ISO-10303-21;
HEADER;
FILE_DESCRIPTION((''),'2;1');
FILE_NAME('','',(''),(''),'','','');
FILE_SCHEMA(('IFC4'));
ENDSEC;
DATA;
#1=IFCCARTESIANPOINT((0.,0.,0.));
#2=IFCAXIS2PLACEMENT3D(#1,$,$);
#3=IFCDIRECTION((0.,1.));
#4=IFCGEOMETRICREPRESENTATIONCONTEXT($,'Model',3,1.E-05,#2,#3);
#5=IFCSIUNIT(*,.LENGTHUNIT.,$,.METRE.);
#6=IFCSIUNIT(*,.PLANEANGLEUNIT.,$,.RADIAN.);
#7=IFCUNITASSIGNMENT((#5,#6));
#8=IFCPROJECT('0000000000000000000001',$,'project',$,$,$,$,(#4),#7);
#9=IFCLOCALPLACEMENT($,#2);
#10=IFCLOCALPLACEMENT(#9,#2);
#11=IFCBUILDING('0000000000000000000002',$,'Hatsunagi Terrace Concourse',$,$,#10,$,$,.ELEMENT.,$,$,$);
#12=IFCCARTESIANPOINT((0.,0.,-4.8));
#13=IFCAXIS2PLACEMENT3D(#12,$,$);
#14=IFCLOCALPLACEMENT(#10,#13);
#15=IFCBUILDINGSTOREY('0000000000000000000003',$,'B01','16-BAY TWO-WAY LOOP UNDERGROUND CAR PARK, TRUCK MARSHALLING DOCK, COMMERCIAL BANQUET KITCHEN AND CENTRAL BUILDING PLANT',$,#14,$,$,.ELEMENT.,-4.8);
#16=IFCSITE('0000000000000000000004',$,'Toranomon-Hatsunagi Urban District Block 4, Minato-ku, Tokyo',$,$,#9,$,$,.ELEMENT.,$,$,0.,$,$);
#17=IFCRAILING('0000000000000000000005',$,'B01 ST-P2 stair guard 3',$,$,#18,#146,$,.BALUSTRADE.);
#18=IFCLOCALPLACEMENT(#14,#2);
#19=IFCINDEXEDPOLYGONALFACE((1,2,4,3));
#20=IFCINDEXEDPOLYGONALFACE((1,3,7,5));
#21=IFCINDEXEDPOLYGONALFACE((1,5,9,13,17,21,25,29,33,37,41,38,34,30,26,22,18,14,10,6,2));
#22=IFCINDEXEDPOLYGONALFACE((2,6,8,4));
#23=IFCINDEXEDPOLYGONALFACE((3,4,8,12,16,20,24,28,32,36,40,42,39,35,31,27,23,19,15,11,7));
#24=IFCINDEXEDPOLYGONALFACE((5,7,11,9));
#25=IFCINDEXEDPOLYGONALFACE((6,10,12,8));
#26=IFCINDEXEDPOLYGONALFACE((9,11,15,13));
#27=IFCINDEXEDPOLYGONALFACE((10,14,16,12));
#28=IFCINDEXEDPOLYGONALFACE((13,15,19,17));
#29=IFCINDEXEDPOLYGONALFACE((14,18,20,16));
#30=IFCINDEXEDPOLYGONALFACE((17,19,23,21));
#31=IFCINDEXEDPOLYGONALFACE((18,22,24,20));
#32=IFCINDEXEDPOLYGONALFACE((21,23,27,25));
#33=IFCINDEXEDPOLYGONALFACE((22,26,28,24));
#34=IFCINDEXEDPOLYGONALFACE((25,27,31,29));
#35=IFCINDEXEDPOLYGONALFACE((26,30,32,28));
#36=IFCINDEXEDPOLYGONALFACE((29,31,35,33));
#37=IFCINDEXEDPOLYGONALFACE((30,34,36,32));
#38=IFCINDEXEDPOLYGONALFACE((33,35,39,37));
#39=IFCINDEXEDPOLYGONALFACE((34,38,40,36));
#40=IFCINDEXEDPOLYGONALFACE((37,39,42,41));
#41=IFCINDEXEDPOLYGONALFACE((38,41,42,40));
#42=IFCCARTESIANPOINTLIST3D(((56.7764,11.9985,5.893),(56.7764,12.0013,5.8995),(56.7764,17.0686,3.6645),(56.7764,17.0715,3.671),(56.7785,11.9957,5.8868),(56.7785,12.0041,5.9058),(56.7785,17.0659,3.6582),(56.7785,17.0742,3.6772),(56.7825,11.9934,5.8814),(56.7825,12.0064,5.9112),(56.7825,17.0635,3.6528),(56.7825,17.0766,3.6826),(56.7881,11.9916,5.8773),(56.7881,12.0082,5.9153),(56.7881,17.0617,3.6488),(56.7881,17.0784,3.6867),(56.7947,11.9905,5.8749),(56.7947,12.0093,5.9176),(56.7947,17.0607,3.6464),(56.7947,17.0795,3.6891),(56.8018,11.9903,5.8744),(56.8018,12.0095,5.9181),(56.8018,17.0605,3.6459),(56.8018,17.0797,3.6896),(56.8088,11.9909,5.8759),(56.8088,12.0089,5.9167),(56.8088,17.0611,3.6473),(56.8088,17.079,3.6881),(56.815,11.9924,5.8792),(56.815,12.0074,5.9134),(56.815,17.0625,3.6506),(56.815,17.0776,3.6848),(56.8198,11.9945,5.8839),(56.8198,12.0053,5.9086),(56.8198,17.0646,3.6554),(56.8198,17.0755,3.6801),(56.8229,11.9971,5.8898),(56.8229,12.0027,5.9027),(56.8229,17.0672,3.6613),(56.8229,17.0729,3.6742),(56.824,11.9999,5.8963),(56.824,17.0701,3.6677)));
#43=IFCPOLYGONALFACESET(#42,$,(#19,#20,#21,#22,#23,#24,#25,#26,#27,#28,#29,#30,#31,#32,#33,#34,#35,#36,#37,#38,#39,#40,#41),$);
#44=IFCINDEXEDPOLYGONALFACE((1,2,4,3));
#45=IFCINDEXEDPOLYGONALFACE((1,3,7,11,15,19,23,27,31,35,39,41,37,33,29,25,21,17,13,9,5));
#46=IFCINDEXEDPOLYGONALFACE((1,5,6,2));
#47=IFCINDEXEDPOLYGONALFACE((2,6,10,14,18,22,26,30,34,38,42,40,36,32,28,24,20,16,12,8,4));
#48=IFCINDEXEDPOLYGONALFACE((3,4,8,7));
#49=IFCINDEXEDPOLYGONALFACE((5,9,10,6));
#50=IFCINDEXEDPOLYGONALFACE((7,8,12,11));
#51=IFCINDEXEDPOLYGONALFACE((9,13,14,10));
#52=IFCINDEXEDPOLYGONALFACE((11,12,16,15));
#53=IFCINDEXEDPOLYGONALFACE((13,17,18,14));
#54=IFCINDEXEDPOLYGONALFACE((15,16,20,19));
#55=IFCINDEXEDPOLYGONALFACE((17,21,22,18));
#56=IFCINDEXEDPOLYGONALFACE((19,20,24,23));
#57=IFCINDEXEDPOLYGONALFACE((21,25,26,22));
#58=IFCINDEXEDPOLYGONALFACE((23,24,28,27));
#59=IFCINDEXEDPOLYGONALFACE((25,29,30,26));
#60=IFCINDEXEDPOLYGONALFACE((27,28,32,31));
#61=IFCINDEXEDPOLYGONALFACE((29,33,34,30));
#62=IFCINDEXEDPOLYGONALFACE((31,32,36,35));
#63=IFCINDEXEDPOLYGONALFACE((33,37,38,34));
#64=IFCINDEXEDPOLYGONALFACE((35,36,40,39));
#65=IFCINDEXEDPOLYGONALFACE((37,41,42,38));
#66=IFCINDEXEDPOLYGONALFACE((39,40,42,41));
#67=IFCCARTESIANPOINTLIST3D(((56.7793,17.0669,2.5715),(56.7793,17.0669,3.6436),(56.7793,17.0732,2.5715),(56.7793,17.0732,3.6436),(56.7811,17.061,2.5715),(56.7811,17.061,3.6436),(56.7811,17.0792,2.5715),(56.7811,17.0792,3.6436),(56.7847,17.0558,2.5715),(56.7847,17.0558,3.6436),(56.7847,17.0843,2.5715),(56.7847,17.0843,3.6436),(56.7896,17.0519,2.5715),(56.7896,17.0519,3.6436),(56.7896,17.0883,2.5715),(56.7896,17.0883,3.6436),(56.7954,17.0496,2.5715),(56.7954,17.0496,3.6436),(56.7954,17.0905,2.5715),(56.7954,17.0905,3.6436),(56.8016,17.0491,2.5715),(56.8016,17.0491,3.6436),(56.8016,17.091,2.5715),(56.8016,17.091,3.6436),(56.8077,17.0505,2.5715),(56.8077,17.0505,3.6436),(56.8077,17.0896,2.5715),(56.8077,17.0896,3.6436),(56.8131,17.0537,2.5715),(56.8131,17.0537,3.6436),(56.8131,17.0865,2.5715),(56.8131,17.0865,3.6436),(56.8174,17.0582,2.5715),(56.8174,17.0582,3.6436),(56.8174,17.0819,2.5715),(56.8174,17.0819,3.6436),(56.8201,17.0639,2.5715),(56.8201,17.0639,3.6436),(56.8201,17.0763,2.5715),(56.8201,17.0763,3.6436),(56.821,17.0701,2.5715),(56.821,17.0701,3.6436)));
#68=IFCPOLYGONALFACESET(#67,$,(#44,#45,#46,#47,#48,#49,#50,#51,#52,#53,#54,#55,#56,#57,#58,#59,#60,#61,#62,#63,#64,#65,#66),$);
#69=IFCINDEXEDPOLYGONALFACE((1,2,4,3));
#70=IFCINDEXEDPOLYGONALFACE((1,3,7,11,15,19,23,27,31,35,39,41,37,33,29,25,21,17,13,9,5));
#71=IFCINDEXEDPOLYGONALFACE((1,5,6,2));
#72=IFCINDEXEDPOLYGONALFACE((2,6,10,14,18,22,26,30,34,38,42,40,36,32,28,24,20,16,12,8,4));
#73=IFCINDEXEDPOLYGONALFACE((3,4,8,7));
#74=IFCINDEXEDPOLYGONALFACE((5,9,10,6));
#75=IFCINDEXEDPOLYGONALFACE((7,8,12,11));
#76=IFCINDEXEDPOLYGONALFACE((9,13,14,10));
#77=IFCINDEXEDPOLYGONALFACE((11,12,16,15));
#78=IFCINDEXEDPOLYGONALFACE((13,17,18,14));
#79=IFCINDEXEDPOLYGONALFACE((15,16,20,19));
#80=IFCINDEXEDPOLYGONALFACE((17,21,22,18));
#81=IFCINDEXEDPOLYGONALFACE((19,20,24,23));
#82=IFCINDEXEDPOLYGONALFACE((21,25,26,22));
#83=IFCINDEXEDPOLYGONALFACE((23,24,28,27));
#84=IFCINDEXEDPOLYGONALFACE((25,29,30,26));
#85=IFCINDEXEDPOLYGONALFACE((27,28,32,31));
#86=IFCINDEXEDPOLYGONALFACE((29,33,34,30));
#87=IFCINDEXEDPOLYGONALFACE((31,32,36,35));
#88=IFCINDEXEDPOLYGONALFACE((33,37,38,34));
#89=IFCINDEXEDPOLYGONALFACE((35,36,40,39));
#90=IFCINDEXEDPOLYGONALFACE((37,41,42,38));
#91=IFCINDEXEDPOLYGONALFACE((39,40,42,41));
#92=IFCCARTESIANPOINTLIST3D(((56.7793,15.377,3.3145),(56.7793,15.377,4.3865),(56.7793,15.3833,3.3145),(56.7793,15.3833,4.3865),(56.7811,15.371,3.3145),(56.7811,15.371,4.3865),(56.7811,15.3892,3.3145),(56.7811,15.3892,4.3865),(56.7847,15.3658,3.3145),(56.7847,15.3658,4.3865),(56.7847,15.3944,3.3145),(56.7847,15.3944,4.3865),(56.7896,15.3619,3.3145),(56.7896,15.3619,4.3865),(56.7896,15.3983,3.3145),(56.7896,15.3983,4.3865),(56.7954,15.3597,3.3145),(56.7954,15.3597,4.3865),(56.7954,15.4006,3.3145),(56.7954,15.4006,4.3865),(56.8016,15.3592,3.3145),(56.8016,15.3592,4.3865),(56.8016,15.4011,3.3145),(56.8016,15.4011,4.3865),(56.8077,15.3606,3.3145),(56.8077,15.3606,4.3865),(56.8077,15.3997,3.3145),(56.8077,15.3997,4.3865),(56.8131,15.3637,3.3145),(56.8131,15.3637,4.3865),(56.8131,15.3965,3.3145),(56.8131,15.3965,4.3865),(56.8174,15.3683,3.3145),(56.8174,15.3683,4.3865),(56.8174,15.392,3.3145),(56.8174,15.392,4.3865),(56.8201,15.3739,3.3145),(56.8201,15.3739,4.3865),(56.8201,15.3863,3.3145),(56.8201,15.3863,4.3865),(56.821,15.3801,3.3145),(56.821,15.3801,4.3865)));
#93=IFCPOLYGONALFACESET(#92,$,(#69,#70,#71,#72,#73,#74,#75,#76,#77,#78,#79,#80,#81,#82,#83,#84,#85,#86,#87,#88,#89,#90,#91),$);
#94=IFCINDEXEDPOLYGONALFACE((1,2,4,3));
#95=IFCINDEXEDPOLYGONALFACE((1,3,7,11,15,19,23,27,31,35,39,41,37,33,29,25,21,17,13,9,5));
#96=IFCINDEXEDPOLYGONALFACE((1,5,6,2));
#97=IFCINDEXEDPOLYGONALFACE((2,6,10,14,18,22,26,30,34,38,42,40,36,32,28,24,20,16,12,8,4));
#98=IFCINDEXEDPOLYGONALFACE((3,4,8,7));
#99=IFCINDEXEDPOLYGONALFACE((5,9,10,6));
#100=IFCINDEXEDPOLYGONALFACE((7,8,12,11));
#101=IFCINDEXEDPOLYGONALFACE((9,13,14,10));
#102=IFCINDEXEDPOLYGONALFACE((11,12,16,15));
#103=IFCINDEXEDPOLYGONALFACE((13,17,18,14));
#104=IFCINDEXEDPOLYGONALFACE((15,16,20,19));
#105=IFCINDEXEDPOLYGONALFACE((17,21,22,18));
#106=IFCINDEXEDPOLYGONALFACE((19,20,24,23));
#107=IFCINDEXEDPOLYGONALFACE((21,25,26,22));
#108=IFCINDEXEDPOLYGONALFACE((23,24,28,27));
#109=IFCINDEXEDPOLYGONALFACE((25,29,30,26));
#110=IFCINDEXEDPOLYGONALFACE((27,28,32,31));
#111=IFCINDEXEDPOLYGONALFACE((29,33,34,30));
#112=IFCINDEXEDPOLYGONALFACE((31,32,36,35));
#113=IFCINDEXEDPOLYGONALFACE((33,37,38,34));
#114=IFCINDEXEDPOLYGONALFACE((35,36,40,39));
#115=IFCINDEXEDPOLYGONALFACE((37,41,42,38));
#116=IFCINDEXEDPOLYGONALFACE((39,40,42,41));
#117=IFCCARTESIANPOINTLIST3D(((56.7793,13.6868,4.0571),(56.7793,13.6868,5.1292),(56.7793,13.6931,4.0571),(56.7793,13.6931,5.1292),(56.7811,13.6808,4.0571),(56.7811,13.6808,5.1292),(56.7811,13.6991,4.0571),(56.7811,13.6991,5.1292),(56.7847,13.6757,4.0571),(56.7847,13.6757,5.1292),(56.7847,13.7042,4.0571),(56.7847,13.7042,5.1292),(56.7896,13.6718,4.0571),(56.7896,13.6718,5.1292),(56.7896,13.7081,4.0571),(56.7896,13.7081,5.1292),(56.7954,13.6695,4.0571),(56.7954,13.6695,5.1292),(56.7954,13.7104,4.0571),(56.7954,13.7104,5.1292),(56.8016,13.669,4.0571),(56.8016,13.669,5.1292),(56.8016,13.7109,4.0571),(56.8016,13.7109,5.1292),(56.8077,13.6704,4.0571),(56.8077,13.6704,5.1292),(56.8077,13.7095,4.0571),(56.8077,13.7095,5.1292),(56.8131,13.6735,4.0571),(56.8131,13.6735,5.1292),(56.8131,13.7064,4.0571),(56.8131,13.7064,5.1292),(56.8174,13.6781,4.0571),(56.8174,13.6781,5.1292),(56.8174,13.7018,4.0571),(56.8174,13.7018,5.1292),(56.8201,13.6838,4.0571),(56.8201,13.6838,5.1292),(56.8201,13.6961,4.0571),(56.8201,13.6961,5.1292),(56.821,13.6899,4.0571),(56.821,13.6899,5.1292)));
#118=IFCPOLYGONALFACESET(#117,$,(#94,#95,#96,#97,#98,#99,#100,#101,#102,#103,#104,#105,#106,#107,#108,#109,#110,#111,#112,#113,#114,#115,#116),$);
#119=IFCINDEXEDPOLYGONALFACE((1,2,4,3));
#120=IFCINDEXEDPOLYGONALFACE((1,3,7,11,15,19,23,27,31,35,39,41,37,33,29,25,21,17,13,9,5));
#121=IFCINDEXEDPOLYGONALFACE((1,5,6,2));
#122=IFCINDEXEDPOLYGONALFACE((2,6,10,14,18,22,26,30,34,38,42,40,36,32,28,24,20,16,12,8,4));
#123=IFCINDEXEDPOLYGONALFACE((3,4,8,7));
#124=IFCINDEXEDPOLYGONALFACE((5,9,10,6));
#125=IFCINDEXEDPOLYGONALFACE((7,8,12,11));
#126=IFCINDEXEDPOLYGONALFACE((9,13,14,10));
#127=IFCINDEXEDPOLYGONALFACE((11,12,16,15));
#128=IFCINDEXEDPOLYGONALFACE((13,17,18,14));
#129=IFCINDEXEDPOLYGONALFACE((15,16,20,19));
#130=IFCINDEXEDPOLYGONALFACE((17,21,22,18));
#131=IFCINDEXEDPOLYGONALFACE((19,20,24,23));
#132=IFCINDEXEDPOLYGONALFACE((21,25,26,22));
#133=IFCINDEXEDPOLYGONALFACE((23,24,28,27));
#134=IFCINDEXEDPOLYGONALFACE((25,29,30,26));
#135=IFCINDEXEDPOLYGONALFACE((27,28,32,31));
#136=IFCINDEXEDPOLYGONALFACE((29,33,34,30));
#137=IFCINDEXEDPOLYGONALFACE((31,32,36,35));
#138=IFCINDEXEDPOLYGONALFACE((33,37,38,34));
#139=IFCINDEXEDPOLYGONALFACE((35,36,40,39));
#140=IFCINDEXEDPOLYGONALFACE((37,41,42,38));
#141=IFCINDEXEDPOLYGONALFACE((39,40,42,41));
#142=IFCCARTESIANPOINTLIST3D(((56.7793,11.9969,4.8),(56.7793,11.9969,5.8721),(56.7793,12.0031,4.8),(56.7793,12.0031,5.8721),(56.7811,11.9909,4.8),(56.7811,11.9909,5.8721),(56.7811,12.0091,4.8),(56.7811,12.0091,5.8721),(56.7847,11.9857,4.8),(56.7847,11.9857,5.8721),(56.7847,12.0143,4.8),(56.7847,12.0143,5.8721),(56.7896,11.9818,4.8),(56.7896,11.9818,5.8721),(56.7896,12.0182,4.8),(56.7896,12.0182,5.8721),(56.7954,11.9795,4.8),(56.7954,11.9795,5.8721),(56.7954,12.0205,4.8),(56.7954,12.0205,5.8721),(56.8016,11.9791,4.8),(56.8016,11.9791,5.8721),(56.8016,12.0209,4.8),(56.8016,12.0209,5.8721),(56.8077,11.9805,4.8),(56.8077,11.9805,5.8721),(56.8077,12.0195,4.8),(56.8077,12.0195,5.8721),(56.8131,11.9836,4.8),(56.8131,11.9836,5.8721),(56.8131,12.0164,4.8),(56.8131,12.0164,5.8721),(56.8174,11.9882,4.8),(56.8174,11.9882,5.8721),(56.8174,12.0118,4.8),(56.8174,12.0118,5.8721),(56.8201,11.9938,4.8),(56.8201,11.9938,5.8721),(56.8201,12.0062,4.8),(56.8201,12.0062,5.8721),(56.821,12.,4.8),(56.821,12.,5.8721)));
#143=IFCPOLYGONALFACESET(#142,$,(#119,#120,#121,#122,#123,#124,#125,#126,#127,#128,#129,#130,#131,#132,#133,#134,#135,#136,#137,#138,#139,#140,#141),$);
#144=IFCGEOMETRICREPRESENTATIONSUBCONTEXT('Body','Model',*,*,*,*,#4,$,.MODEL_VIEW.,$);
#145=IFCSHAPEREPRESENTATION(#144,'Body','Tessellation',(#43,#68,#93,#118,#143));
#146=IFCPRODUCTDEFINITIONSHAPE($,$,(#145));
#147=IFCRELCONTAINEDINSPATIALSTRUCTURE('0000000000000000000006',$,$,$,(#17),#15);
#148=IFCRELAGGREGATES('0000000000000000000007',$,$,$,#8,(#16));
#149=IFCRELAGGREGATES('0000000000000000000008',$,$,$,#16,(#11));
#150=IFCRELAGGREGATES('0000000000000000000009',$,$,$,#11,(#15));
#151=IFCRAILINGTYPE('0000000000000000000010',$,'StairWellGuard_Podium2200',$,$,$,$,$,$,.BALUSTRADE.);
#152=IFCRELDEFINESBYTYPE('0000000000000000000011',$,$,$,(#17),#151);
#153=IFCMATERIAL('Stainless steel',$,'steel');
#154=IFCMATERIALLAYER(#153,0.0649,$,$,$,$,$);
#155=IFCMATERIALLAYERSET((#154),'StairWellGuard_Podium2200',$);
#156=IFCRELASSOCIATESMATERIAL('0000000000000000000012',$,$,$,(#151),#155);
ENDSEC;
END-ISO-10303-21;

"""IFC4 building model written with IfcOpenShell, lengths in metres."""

from ifc_helpers import new_model, si_unit, direction, frame, origin, origin_2d, place, context, subcontext, project, spatial, circle, extrude, material, layer, layer_set, type_object, element, save


model = new_model("IFC4")

# Units and contexts
model_context = context("Model", 3, precision=1e-05, world=origin(), true_north=direction((0.0, 1.0)))
body_context = subcontext(model_context, "Body", "Model", "MODEL_VIEW")
ifc_project = project(units=[si_unit("LENGTHUNIT", "METRE"), si_unit("PLANEANGLEUNIT", "RADIAN")], contexts=[model_context])

# Site, building, storey
site_placement = place(None, origin())
site = spatial("IfcSite", under=ifc_project, at=site_placement, Name="Toranomon-Hatsunagi Urban District Block 4, Minato-ku, Tokyo", CompositionType="ELEMENT", RefElevation=0.0)
building_placement = place(site_placement, origin())
building = spatial("IfcBuilding", under=site, at=building_placement, Name="Hatsunagi Terrace Concourse", CompositionType="ELEMENT")
storey_placement = place(building_placement, frame((0.0, 0.0, -4.8)))
storey = spatial("IfcBuildingStorey", under=building, at=storey_placement, Name="B01", Description="16-BAY TWO-WAY LOOP UNDERGROUND CAR PARK, TRUCK MARSHALLING DOCK, COMMERCIAL BANQUET KITCHEN AND CENTRAL BUILDING PLANT", CompositionType="ELEMENT", Elevation=-4.8)

# Railing
ifc_material_1 = material(Name="Stainless steel", Category="steel")
ifc_layer_1 = layer(ifc_material_1, 0.0649)
ifc_layer_set_1 = layer_set([ifc_layer_1], Name="StairWellGuard_Podium2200")
railing_type = type_object("IfcRailingType", Name="StairWellGuard_Podium2200", PredefinedType="BALUSTRADE", material=ifc_layer_set_1)
railing_1_placement = place(storey_placement, frame((56.8, 17.0701, 2.5715)))
element("IfcRailing", 1, at=railing_1_placement, inside=storey, type_object=railing_type, Name="B01 ST-P2 stair guard 3", PredefinedType="BALUSTRADE", context=body_context, shape_type="SweptSolid", body=[
    extrude(circle(Radius=0.0239, at=origin_2d()), frame((0.0, 0.0, 1.0962), z_axis=(0.0, -0.915469, 0.402388), x_axis=(1.0, 0.0, 0.0)), (0.0, 0.0, 1.0), 5.5383),
    extrude(circle(Radius=0.021, at=origin_2d()), origin(), (0.0, 0.0, 1.0), 1.072),
    extrude(circle(Radius=0.021, at=origin_2d()), frame((0.0, -1.6899, 0.7429)), (0.0, 0.0, 1.0), 1.072),
    extrude(circle(Radius=0.021, at=origin_2d()), frame((0.0, -3.3801, 1.4856)), (0.0, 0.0, 1.0), 1.072),
    extrude(circle(Radius=0.021, at=origin_2d()), frame((0.0, -5.0701, 2.2285)), (0.0, 0.0, 1.0), 1.072),
])

save(model, "model.ifc")
